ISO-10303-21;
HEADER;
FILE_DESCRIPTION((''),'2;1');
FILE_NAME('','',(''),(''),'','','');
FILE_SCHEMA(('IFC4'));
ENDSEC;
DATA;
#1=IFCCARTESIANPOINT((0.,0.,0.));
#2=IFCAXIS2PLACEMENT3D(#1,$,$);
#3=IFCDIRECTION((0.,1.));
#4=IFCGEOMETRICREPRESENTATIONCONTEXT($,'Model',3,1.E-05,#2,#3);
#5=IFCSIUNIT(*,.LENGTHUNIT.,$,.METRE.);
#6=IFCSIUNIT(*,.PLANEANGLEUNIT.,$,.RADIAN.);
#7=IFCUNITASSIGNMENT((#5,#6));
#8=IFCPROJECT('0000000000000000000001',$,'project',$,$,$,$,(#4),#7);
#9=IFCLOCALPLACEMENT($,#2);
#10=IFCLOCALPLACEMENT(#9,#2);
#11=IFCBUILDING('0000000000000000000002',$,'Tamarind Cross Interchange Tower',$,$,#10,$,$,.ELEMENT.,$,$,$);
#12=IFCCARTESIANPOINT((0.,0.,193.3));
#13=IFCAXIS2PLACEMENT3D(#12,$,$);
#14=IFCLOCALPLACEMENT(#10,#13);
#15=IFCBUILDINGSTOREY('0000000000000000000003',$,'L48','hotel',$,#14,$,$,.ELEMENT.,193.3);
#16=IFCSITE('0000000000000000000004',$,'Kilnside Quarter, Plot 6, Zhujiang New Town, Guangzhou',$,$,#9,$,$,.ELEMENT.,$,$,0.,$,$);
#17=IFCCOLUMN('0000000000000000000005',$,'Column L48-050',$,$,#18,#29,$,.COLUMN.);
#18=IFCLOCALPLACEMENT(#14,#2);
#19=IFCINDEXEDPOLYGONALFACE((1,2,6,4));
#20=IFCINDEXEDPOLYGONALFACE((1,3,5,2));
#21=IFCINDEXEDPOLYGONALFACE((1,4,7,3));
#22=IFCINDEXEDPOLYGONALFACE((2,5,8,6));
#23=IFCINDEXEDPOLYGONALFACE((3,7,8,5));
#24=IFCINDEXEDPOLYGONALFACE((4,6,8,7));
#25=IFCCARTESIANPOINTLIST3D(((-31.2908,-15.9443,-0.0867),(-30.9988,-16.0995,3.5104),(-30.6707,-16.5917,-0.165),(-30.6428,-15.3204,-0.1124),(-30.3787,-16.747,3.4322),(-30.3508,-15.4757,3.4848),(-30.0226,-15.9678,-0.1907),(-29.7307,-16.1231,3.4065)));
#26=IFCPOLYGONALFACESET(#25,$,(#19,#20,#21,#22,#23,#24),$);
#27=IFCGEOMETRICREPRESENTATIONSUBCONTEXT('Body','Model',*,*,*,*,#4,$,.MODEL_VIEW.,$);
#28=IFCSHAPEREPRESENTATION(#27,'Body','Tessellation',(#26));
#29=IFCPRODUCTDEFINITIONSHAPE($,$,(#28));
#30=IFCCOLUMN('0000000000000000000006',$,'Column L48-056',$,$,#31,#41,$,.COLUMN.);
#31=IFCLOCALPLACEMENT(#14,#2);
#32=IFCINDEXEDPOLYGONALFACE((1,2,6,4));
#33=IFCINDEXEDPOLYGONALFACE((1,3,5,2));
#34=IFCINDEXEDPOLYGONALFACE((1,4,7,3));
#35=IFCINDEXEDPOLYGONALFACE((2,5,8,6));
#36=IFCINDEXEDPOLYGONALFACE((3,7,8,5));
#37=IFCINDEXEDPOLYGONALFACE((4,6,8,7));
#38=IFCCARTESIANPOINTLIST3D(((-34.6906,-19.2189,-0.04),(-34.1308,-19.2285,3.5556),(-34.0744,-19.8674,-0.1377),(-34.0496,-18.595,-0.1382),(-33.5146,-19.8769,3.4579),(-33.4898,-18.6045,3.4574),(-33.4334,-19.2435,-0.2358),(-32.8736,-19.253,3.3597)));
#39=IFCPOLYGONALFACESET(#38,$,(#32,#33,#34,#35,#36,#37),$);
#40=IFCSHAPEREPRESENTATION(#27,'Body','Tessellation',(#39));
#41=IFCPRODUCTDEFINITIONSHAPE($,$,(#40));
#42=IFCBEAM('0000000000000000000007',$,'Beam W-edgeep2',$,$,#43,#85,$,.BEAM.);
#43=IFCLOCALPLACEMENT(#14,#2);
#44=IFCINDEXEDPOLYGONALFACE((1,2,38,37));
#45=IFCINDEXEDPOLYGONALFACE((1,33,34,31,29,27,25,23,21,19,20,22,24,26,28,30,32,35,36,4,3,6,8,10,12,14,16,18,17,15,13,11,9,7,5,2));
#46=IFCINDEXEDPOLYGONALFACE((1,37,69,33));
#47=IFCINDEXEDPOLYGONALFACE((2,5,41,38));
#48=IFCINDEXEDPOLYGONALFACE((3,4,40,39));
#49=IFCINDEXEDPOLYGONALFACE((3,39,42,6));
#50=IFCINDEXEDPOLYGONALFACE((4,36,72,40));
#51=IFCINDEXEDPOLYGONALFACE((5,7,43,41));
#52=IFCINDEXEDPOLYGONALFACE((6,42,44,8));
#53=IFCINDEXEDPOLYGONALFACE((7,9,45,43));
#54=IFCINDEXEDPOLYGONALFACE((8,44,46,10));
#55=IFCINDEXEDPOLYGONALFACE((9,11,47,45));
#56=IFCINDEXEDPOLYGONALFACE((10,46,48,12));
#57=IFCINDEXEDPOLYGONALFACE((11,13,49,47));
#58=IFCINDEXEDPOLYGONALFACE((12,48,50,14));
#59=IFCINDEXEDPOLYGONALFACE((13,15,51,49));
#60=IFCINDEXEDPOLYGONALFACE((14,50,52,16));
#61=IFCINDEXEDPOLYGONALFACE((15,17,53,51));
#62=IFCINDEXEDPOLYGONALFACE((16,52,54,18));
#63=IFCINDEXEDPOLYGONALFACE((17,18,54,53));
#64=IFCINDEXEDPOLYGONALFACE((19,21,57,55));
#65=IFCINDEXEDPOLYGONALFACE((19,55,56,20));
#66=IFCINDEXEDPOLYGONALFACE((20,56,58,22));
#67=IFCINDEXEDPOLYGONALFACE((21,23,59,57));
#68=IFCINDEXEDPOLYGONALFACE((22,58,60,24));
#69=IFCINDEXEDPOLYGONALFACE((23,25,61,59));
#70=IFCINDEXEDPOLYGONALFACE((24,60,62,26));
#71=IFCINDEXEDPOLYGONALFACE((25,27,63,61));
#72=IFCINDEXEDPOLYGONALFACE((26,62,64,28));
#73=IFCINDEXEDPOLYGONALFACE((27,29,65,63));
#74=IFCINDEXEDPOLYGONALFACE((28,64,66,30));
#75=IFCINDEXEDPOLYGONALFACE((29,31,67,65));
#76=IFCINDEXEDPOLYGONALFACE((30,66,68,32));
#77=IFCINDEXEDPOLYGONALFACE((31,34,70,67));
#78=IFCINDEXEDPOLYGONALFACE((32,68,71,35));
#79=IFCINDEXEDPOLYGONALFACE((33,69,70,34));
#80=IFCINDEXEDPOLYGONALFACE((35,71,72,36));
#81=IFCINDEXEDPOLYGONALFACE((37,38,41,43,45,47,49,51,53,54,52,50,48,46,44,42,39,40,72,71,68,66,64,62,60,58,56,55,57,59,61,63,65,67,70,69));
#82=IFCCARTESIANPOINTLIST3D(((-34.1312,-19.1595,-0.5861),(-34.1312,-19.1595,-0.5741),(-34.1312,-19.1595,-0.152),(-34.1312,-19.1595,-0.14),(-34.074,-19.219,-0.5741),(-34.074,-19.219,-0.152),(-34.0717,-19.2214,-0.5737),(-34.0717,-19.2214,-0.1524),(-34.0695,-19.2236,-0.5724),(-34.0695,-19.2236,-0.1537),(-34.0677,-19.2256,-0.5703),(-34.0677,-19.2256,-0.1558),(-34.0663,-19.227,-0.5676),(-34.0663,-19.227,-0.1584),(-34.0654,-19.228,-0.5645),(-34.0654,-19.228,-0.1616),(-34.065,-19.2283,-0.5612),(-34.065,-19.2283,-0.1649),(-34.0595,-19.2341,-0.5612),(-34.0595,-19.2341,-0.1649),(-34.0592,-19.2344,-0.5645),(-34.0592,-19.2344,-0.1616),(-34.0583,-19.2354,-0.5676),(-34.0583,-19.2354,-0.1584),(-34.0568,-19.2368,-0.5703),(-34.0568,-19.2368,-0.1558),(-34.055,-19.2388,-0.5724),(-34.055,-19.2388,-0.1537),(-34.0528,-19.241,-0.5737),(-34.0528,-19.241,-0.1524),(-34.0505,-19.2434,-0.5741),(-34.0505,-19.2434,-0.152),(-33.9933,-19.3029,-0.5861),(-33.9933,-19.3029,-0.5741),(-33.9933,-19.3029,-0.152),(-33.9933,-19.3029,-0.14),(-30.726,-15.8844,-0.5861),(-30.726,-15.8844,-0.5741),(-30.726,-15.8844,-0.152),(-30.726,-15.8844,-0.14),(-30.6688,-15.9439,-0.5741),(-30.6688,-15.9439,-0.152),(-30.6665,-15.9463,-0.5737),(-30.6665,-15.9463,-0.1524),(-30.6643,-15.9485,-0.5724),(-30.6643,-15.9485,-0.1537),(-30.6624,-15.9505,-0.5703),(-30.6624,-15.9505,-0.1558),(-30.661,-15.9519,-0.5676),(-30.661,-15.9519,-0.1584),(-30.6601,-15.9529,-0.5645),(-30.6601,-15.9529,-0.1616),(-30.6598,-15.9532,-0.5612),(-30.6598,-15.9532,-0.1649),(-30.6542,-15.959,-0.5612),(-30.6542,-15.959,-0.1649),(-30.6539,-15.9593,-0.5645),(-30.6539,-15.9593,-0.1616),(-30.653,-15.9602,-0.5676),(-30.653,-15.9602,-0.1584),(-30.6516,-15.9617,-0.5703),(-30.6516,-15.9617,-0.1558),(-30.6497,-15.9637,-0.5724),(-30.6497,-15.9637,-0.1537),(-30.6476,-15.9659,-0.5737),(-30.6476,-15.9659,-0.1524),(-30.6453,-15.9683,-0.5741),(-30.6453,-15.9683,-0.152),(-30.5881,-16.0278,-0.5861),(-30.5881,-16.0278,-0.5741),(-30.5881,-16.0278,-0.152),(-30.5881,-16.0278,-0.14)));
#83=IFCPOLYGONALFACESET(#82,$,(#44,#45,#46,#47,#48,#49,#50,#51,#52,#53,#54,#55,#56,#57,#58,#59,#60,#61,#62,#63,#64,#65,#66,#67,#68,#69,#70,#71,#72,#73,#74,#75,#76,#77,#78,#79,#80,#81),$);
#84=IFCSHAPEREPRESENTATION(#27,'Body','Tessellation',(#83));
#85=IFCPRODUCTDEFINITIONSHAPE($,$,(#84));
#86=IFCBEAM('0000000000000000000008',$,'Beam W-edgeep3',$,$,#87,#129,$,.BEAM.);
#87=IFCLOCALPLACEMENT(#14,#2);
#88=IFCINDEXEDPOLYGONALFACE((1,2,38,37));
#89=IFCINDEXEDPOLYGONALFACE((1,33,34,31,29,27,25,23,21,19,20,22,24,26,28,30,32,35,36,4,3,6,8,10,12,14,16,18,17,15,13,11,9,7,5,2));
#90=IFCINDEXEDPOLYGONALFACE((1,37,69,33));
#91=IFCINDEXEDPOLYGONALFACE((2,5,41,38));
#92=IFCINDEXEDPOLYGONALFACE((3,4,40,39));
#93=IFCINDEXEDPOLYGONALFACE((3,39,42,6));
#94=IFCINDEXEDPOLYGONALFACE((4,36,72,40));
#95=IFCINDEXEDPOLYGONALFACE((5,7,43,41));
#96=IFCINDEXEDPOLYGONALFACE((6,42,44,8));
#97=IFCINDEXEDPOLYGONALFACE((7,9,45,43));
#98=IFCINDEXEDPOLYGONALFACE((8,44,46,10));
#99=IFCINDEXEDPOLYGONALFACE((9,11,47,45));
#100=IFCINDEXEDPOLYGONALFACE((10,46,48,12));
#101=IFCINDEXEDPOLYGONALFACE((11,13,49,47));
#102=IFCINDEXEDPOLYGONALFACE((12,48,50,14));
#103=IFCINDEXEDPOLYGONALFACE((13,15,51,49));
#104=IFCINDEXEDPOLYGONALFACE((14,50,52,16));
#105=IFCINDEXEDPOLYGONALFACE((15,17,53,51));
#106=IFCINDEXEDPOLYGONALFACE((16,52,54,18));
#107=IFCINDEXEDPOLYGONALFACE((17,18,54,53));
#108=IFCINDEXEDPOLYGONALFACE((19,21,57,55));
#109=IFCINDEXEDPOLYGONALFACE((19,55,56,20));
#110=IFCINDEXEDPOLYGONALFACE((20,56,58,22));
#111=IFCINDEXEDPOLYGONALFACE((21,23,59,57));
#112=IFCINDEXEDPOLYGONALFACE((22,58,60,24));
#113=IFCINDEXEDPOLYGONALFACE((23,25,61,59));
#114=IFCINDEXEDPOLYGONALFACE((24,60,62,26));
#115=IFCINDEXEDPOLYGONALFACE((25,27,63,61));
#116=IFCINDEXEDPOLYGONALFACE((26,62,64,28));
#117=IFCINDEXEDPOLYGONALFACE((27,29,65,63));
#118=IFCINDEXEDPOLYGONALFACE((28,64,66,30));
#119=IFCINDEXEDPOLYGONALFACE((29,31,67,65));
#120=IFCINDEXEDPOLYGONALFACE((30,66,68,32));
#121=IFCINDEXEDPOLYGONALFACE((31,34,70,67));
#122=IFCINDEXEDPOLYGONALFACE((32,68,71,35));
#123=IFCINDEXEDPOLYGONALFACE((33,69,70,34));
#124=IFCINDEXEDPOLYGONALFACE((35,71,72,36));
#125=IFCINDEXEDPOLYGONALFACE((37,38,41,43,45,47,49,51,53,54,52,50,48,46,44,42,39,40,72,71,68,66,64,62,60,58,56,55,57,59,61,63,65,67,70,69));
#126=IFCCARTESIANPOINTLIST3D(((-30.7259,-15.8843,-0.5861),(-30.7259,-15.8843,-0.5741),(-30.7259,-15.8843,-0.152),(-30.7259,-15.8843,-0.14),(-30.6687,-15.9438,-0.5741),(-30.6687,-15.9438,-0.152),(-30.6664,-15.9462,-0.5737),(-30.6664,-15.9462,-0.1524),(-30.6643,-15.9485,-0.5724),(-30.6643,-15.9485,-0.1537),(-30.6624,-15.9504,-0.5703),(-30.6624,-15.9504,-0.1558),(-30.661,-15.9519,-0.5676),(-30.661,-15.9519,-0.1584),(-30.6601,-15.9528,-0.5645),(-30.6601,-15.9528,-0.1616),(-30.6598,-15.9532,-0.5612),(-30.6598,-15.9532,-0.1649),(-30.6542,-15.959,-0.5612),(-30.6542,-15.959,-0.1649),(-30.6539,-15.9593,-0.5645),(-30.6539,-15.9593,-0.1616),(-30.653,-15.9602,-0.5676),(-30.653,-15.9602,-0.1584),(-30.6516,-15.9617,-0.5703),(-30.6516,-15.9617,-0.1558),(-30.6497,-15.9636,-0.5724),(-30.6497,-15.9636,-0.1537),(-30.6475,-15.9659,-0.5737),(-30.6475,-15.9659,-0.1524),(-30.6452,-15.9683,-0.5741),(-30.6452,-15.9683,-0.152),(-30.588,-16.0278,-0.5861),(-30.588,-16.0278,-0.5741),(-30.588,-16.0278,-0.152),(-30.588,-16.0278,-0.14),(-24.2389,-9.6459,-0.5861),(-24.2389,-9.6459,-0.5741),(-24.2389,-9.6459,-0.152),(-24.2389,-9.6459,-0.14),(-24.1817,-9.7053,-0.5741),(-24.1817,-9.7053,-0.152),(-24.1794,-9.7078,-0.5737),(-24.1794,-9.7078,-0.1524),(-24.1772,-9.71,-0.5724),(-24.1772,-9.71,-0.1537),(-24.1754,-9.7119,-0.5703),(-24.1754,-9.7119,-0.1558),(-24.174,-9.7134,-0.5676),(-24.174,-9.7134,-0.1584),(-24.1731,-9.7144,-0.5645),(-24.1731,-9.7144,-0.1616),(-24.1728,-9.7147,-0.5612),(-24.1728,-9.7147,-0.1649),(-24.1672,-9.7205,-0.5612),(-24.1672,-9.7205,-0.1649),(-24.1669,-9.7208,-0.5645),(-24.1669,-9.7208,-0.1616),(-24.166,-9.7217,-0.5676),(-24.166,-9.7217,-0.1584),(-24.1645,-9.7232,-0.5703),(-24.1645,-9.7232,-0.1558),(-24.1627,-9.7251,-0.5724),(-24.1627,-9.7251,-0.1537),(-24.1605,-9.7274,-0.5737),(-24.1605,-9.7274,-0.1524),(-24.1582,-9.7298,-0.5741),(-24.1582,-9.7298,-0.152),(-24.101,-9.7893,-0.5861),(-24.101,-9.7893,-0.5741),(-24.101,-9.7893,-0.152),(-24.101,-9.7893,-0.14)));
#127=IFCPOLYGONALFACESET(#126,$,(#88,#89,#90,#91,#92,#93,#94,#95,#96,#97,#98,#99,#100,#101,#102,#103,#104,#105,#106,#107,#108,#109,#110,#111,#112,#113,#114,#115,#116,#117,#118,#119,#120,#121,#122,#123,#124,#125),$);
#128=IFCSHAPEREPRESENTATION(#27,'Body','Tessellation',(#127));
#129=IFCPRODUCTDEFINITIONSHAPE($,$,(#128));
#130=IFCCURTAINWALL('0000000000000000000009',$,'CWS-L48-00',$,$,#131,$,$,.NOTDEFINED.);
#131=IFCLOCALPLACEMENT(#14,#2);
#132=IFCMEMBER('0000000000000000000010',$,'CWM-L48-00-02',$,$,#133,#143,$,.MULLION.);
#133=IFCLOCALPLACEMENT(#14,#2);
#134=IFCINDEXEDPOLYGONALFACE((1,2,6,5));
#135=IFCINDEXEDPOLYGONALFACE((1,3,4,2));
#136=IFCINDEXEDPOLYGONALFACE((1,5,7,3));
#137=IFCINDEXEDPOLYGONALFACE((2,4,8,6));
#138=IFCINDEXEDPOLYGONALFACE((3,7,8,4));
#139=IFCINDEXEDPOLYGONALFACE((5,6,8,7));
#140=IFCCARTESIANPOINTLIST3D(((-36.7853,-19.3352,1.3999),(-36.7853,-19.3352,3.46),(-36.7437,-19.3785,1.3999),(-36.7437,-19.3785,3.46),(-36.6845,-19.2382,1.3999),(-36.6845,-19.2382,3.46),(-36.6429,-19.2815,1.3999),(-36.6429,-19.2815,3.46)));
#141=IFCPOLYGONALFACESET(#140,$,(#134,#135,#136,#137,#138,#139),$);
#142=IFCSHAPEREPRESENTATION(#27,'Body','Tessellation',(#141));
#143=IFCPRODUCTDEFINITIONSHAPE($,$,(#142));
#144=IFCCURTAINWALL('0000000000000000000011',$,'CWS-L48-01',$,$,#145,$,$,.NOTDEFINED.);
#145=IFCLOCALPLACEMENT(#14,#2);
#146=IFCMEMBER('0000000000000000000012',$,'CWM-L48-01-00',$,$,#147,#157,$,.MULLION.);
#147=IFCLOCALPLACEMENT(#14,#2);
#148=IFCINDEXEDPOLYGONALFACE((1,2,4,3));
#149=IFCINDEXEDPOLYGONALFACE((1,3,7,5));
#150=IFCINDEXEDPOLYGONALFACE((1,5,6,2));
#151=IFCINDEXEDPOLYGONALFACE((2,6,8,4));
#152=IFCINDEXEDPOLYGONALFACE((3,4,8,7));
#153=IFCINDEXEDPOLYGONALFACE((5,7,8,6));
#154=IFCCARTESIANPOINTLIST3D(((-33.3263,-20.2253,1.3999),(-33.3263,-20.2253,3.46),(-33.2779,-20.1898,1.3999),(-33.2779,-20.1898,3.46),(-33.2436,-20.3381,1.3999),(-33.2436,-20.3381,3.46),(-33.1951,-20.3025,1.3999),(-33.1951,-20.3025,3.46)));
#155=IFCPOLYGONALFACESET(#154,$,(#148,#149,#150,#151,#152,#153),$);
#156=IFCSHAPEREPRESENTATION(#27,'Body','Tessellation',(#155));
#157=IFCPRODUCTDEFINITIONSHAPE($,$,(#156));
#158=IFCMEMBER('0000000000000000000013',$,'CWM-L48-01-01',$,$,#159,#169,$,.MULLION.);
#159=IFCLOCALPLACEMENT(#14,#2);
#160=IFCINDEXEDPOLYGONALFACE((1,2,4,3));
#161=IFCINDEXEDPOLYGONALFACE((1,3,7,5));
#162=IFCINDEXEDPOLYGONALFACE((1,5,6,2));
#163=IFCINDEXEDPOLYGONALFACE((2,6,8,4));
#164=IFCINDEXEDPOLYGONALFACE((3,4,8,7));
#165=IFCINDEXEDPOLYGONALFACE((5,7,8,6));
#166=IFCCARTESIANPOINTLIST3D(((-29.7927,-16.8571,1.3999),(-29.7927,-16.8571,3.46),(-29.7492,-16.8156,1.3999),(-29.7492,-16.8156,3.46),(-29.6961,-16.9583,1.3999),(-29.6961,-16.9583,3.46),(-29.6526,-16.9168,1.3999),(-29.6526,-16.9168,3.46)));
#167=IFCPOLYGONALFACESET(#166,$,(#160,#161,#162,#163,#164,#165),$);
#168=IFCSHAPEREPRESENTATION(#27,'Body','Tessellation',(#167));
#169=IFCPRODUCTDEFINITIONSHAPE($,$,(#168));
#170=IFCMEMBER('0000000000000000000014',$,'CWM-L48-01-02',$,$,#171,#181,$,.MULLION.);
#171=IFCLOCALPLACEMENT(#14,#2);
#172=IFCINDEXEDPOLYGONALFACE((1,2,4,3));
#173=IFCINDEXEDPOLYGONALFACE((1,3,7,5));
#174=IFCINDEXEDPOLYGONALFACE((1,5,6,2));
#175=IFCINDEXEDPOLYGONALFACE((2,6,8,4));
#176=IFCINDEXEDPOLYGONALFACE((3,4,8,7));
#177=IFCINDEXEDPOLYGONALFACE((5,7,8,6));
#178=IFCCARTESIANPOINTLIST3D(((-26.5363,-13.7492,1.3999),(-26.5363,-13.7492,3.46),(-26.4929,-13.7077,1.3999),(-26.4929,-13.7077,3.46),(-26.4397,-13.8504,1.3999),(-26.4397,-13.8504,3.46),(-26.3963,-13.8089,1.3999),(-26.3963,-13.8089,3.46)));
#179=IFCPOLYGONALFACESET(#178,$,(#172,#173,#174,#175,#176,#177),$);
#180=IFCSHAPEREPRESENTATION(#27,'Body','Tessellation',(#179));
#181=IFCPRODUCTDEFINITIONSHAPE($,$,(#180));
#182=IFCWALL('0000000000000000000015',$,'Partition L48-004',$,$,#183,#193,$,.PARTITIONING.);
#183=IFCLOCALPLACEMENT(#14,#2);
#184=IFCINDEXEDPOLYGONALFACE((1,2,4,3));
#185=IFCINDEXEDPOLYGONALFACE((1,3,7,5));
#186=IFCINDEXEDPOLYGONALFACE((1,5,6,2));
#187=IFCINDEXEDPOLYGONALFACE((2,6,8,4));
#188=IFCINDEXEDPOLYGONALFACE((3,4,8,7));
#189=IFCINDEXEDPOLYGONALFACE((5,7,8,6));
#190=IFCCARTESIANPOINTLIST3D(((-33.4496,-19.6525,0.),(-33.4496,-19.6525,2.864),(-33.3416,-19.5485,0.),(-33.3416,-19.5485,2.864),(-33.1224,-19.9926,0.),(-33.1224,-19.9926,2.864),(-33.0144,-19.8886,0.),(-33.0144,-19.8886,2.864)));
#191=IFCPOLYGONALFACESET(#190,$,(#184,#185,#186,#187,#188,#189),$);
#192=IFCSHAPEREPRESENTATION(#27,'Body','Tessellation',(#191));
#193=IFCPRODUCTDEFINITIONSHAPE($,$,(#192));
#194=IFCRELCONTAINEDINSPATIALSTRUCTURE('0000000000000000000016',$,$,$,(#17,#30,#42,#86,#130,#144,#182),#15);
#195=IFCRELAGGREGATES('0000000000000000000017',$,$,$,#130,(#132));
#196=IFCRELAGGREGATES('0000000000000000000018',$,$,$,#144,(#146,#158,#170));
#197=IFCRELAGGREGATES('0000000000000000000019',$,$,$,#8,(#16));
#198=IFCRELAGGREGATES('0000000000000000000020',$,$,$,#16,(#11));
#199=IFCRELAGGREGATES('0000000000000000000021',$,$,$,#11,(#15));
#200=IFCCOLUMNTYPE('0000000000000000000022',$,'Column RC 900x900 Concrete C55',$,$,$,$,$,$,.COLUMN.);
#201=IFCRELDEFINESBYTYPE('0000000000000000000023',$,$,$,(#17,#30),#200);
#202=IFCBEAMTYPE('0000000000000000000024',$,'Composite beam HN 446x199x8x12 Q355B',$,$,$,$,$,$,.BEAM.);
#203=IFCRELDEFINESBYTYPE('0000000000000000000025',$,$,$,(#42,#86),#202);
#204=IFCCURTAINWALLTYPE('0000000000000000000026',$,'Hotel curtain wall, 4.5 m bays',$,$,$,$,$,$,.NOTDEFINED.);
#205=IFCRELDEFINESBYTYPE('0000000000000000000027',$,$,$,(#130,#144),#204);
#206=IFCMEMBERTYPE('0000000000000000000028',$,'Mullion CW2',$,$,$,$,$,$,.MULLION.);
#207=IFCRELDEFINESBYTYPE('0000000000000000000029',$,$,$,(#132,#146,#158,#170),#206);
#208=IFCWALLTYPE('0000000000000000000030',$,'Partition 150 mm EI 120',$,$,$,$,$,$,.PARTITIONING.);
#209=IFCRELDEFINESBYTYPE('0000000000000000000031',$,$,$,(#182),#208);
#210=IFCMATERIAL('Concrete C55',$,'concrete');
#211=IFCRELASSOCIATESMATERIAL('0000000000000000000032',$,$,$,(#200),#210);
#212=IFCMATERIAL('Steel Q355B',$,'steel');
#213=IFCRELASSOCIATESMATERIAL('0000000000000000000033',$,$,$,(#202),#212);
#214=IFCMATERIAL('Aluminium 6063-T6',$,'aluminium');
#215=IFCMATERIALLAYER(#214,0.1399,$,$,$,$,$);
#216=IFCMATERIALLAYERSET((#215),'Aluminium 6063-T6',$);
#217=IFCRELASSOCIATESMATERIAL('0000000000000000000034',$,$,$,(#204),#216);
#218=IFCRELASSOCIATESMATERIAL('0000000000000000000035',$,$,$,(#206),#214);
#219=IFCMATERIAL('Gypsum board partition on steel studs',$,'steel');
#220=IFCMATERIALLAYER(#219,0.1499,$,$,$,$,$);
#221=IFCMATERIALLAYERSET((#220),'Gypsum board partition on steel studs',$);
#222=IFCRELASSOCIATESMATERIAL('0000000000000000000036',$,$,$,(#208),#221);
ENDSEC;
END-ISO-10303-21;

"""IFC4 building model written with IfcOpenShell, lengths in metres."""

from ifc_helpers import new_model, si_unit, direction, frame, frame_2d, origin, origin_2d, place, context, subcontext, project, spatial, rectangle, i_section, extrude, material, layer, layer_set, material_profile, profile_set, type_object, element, aggregate, save


model = new_model("IFC4")

# Units and contexts
model_context = context("Model", 3, precision=1e-05, world=origin(), true_north=direction((0.0, 1.0)))
body_context = subcontext(model_context, "Body", "Model", "MODEL_VIEW")
ifc_project = project(units=[si_unit("LENGTHUNIT", "METRE"), si_unit("PLANEANGLEUNIT", "RADIAN")], contexts=[model_context])

# Site, building, storey
site_placement = place(None, origin())
site = spatial("IfcSite", under=ifc_project, at=site_placement, Name="Kilnside Quarter, Plot 6, Zhujiang New Town, Guangzhou", CompositionType="ELEMENT", RefElevation=0.0)
building_placement = place(site_placement, origin())
building = spatial("IfcBuilding", under=site, at=building_placement, Name="Tamarind Cross Interchange Tower", CompositionType="ELEMENT")
storey_placement = place(building_placement, frame((0.0, 0.0, 193.3)))
storey = spatial("IfcBuildingStorey", under=building, at=storey_placement, Name="L48", Description="hotel", CompositionType="ELEMENT", Elevation=193.3)

# Columns
ifc_material_1 = material(Name="Concrete C55", Category="concrete")
ifc_material_profile_1 = material_profile(ifc_material_1, rectangle(XDim=0.8999, YDim=0.8999, at=origin_2d()), Name="RC 900x900")
ifc_profile_set_1 = profile_set([ifc_material_profile_1], Name="Concrete C55")
column_type = type_object("IfcColumnType", Name="Column RC 900x900 Concrete C55", PredefinedType="COLUMN", material=ifc_profile_set_1)
column_1_placement = place(storey_placement, frame((-30.6567, -15.9561, -0.1387), z_axis=(0.080832, -0.042984, 0.9958), x_axis=(-0.689103, 0.719424, 0.086991)))
element("IfcColumn", 1, at=column_1_placement, inside=storey, type_object=column_type, Name="Column L48-050", PredefinedType="COLUMN", context=body_context, shape_type="SweptSolid", body=[
    extrude(rectangle(XDim=0.8999, YDim=0.8999, at=origin_2d()), origin(), (0.0, 0.0, 1.0), 3.6123),
])
column_2_placement = place(storey_placement, frame((-34.062, -19.2312, -0.1379), z_axis=(0.153836, -0.002616, 0.988093), x_axis=(-0.684812, 0.720593, 0.108526)))
element("IfcColumn", 2, at=column_2_placement, inside=storey, type_object=column_type, Name="Column L48-056", PredefinedType="COLUMN", context=body_context, shape_type="SweptSolid", body=[
    extrude(rectangle(XDim=0.8999, YDim=0.8999, at=origin_2d()), origin(), (0.0, 0.0, 1.0), 3.6389),
])

# Beams
ifc_material_2 = material(Name="Steel Q355B", Category="steel")
ifc_material_profile_2 = material_profile(ifc_material_2, i_section(OverallWidth=0.199, OverallDepth=0.446, WebThickness=0.0081, FlangeThickness=0.012, FilletRadius=0.0129, at=origin_2d()), Name="HN 446x199x8x12")
ifc_profile_set_2 = profile_set([ifc_material_profile_2], Name="Steel Q355B")
beam_type = type_object("IfcBeamType", Name="Composite beam HN 446x199x8x12 Q355B", PredefinedType="BEAM", material=ifc_profile_set_2)
beam_1_placement = place(storey_placement, frame((-34.0623, -19.2312, -0.363), z_axis=(0.720744, 0.693202, 0.0), x_axis=(-0.693202, 0.720744, 0.0)))
element("IfcBeam", 3, at=beam_1_placement, inside=storey, type_object=beam_type, Name="Beam W-edgeep2", PredefinedType="BEAM", context=body_context, shape_type="SweptSolid", body=[
    extrude(i_section(OverallWidth=0.199, OverallDepth=0.446, WebThickness=0.0081, FlangeThickness=0.012, FilletRadius=0.0129, at=origin_2d()), origin(), (0.0, 0.0, 1.0), 4.7246),
])
beam_2_placement = place(storey_placement, frame((-30.657, -15.9561, -0.363), z_axis=(0.720779, 0.693165, 0.0), x_axis=(-0.693165, 0.720779, 0.0)))
element("IfcBeam", 4, at=beam_2_placement, inside=storey, type_object=beam_type, Name="Beam W-edgeep3", PredefinedType="BEAM", context=body_context, shape_type="SweptSolid", body=[
    extrude(i_section(OverallWidth=0.199, OverallDepth=0.446, WebThickness=0.0081, FlangeThickness=0.012, FilletRadius=0.0129, at=origin_2d()), origin(), (0.0, 0.0, 1.0), 9.0),
])

# Curtain wall, member
ifc_material_3 = material(Name="Aluminium 6063-T6", Category="aluminium")
ifc_layer_1 = layer(ifc_material_3, 0.1399)
ifc_layer_set_1 = layer_set([ifc_layer_1], Name="Aluminium 6063-T6")
curtain_wall_type = type_object("IfcCurtainWallType", Name="Hotel curtain wall, 4.5 m bays", PredefinedType="NOTDEFINED", material=ifc_layer_set_1)
curtain_wall_1_placement = place(storey_placement, origin())
curtain_wall_1 = element("IfcCurtainWall", 5, at=curtain_wall_1_placement, inside=storey, type_object=curtain_wall_type, Name="CWS-L48-00", PredefinedType="NOTDEFINED")
ifc_material_profile_3 = material_profile(ifc_material_3, rectangle(XDim=0.0601, YDim=0.1399, at=origin_2d()), Name="Mullion CW2")
ifc_profile_set_3 = profile_set([ifc_material_profile_3], Name="Aluminium 6063-T6")
member_type = type_object("IfcMemberType", Name="Mullion CW2", PredefinedType="MULLION", material=ifc_profile_set_3)
member_1_placement = place(storey_placement, frame((-36.7141, -19.3083, 1.3999), z_axis=(0.0, 0.0, 1.0), x_axis=(0.69317, -0.720774, 0.0)))
member_1 = element("IfcMember", 6, at=member_1_placement, type_object=member_type, Name="CWM-L48-00-02", PredefinedType="MULLION", context=body_context, shape_type="SweptSolid", body=[
    extrude(rectangle(XDim=0.0601, YDim=0.1399, at=origin_2d()), origin(), (0.0, 0.0, 1.0), 2.0601),
])
aggregate(curtain_wall_1, [member_1])

# Curtain wall, members
curtain_wall_2_placement = place(storey_placement, origin())
curtain_wall_2 = element("IfcCurtainWall", 7, at=curtain_wall_2_placement, inside=storey, type_object=curtain_wall_type, Name="CWS-L48-01", PredefinedType="NOTDEFINED")
member_2_placement = place(storey_placement, frame((-33.2607, -20.2639, 1.3999), z_axis=(0.0, 0.0, 1.0), x_axis=(0.806207, 0.591634, 0.0)))
member_2 = element("IfcMember", 8, at=member_2_placement, type_object=member_type, Name="CWM-L48-01-00", PredefinedType="MULLION", context=body_context, shape_type="SweptSolid", body=[
    extrude(rectangle(XDim=0.0601, YDim=0.1399, at=origin_2d()), origin(), (0.0, 0.0, 1.0), 2.0601),
])
member_3_placement = place(storey_placement, frame((-29.7227, -16.887, 1.3999), z_axis=(0.0, 0.0, 1.0), x_axis=(0.723395, 0.690434, 0.0)))
member_3 = element("IfcMember", 9, at=member_3_placement, type_object=member_type, Name="CWM-L48-01-01", PredefinedType="MULLION", context=body_context, shape_type="SweptSolid", body=[
    extrude(rectangle(XDim=0.0601, YDim=0.1399, at=origin_2d()), origin(), (0.0, 0.0, 1.0), 2.0601),
])
member_4_placement = place(storey_placement, frame((-26.4663, -13.7791, 1.3999), z_axis=(0.0, 0.0, 1.0), x_axis=(0.723395, 0.690434, 0.0)))
member_4 = element("IfcMember", 10, at=member_4_placement, type_object=member_type, Name="CWM-L48-01-02", PredefinedType="MULLION", context=body_context, shape_type="SweptSolid", body=[
    extrude(rectangle(XDim=0.0601, YDim=0.1399, at=origin_2d()), origin(), (0.0, 0.0, 1.0), 2.0601),
])
aggregate(curtain_wall_2, [member_2, member_3, member_4])

# Wall
ifc_material_4 = material(Name="Gypsum board partition on steel studs", Category="steel")
ifc_layer_2 = layer(ifc_material_4, 0.1499)
ifc_layer_set_2 = layer_set([ifc_layer_2], Name="Gypsum board partition on steel studs")
wall_type = type_object("IfcWallType", Name="Partition 150 mm EI 120", PredefinedType="PARTITIONING", material=ifc_layer_set_2)
wall_1_placement = place(storey_placement, frame((-33.3955, -19.6006, 0.0), z_axis=(0.0, 0.0, 1.0), x_axis=(0.693264, -0.720684, 0.0)))
element("IfcWall", 11, at=wall_1_placement, inside=storey, type_object=wall_type, Name="Partition L48-004", PredefinedType="PARTITIONING", context=body_context, shape_type="SweptSolid", body=[
    extrude(rectangle(XDim=0.4719, YDim=0.1499, at=frame_2d((0.2358, 0.0))), origin(), (0.0, 0.0, 1.0), 2.864),
])

save(model, "model.ifc")
